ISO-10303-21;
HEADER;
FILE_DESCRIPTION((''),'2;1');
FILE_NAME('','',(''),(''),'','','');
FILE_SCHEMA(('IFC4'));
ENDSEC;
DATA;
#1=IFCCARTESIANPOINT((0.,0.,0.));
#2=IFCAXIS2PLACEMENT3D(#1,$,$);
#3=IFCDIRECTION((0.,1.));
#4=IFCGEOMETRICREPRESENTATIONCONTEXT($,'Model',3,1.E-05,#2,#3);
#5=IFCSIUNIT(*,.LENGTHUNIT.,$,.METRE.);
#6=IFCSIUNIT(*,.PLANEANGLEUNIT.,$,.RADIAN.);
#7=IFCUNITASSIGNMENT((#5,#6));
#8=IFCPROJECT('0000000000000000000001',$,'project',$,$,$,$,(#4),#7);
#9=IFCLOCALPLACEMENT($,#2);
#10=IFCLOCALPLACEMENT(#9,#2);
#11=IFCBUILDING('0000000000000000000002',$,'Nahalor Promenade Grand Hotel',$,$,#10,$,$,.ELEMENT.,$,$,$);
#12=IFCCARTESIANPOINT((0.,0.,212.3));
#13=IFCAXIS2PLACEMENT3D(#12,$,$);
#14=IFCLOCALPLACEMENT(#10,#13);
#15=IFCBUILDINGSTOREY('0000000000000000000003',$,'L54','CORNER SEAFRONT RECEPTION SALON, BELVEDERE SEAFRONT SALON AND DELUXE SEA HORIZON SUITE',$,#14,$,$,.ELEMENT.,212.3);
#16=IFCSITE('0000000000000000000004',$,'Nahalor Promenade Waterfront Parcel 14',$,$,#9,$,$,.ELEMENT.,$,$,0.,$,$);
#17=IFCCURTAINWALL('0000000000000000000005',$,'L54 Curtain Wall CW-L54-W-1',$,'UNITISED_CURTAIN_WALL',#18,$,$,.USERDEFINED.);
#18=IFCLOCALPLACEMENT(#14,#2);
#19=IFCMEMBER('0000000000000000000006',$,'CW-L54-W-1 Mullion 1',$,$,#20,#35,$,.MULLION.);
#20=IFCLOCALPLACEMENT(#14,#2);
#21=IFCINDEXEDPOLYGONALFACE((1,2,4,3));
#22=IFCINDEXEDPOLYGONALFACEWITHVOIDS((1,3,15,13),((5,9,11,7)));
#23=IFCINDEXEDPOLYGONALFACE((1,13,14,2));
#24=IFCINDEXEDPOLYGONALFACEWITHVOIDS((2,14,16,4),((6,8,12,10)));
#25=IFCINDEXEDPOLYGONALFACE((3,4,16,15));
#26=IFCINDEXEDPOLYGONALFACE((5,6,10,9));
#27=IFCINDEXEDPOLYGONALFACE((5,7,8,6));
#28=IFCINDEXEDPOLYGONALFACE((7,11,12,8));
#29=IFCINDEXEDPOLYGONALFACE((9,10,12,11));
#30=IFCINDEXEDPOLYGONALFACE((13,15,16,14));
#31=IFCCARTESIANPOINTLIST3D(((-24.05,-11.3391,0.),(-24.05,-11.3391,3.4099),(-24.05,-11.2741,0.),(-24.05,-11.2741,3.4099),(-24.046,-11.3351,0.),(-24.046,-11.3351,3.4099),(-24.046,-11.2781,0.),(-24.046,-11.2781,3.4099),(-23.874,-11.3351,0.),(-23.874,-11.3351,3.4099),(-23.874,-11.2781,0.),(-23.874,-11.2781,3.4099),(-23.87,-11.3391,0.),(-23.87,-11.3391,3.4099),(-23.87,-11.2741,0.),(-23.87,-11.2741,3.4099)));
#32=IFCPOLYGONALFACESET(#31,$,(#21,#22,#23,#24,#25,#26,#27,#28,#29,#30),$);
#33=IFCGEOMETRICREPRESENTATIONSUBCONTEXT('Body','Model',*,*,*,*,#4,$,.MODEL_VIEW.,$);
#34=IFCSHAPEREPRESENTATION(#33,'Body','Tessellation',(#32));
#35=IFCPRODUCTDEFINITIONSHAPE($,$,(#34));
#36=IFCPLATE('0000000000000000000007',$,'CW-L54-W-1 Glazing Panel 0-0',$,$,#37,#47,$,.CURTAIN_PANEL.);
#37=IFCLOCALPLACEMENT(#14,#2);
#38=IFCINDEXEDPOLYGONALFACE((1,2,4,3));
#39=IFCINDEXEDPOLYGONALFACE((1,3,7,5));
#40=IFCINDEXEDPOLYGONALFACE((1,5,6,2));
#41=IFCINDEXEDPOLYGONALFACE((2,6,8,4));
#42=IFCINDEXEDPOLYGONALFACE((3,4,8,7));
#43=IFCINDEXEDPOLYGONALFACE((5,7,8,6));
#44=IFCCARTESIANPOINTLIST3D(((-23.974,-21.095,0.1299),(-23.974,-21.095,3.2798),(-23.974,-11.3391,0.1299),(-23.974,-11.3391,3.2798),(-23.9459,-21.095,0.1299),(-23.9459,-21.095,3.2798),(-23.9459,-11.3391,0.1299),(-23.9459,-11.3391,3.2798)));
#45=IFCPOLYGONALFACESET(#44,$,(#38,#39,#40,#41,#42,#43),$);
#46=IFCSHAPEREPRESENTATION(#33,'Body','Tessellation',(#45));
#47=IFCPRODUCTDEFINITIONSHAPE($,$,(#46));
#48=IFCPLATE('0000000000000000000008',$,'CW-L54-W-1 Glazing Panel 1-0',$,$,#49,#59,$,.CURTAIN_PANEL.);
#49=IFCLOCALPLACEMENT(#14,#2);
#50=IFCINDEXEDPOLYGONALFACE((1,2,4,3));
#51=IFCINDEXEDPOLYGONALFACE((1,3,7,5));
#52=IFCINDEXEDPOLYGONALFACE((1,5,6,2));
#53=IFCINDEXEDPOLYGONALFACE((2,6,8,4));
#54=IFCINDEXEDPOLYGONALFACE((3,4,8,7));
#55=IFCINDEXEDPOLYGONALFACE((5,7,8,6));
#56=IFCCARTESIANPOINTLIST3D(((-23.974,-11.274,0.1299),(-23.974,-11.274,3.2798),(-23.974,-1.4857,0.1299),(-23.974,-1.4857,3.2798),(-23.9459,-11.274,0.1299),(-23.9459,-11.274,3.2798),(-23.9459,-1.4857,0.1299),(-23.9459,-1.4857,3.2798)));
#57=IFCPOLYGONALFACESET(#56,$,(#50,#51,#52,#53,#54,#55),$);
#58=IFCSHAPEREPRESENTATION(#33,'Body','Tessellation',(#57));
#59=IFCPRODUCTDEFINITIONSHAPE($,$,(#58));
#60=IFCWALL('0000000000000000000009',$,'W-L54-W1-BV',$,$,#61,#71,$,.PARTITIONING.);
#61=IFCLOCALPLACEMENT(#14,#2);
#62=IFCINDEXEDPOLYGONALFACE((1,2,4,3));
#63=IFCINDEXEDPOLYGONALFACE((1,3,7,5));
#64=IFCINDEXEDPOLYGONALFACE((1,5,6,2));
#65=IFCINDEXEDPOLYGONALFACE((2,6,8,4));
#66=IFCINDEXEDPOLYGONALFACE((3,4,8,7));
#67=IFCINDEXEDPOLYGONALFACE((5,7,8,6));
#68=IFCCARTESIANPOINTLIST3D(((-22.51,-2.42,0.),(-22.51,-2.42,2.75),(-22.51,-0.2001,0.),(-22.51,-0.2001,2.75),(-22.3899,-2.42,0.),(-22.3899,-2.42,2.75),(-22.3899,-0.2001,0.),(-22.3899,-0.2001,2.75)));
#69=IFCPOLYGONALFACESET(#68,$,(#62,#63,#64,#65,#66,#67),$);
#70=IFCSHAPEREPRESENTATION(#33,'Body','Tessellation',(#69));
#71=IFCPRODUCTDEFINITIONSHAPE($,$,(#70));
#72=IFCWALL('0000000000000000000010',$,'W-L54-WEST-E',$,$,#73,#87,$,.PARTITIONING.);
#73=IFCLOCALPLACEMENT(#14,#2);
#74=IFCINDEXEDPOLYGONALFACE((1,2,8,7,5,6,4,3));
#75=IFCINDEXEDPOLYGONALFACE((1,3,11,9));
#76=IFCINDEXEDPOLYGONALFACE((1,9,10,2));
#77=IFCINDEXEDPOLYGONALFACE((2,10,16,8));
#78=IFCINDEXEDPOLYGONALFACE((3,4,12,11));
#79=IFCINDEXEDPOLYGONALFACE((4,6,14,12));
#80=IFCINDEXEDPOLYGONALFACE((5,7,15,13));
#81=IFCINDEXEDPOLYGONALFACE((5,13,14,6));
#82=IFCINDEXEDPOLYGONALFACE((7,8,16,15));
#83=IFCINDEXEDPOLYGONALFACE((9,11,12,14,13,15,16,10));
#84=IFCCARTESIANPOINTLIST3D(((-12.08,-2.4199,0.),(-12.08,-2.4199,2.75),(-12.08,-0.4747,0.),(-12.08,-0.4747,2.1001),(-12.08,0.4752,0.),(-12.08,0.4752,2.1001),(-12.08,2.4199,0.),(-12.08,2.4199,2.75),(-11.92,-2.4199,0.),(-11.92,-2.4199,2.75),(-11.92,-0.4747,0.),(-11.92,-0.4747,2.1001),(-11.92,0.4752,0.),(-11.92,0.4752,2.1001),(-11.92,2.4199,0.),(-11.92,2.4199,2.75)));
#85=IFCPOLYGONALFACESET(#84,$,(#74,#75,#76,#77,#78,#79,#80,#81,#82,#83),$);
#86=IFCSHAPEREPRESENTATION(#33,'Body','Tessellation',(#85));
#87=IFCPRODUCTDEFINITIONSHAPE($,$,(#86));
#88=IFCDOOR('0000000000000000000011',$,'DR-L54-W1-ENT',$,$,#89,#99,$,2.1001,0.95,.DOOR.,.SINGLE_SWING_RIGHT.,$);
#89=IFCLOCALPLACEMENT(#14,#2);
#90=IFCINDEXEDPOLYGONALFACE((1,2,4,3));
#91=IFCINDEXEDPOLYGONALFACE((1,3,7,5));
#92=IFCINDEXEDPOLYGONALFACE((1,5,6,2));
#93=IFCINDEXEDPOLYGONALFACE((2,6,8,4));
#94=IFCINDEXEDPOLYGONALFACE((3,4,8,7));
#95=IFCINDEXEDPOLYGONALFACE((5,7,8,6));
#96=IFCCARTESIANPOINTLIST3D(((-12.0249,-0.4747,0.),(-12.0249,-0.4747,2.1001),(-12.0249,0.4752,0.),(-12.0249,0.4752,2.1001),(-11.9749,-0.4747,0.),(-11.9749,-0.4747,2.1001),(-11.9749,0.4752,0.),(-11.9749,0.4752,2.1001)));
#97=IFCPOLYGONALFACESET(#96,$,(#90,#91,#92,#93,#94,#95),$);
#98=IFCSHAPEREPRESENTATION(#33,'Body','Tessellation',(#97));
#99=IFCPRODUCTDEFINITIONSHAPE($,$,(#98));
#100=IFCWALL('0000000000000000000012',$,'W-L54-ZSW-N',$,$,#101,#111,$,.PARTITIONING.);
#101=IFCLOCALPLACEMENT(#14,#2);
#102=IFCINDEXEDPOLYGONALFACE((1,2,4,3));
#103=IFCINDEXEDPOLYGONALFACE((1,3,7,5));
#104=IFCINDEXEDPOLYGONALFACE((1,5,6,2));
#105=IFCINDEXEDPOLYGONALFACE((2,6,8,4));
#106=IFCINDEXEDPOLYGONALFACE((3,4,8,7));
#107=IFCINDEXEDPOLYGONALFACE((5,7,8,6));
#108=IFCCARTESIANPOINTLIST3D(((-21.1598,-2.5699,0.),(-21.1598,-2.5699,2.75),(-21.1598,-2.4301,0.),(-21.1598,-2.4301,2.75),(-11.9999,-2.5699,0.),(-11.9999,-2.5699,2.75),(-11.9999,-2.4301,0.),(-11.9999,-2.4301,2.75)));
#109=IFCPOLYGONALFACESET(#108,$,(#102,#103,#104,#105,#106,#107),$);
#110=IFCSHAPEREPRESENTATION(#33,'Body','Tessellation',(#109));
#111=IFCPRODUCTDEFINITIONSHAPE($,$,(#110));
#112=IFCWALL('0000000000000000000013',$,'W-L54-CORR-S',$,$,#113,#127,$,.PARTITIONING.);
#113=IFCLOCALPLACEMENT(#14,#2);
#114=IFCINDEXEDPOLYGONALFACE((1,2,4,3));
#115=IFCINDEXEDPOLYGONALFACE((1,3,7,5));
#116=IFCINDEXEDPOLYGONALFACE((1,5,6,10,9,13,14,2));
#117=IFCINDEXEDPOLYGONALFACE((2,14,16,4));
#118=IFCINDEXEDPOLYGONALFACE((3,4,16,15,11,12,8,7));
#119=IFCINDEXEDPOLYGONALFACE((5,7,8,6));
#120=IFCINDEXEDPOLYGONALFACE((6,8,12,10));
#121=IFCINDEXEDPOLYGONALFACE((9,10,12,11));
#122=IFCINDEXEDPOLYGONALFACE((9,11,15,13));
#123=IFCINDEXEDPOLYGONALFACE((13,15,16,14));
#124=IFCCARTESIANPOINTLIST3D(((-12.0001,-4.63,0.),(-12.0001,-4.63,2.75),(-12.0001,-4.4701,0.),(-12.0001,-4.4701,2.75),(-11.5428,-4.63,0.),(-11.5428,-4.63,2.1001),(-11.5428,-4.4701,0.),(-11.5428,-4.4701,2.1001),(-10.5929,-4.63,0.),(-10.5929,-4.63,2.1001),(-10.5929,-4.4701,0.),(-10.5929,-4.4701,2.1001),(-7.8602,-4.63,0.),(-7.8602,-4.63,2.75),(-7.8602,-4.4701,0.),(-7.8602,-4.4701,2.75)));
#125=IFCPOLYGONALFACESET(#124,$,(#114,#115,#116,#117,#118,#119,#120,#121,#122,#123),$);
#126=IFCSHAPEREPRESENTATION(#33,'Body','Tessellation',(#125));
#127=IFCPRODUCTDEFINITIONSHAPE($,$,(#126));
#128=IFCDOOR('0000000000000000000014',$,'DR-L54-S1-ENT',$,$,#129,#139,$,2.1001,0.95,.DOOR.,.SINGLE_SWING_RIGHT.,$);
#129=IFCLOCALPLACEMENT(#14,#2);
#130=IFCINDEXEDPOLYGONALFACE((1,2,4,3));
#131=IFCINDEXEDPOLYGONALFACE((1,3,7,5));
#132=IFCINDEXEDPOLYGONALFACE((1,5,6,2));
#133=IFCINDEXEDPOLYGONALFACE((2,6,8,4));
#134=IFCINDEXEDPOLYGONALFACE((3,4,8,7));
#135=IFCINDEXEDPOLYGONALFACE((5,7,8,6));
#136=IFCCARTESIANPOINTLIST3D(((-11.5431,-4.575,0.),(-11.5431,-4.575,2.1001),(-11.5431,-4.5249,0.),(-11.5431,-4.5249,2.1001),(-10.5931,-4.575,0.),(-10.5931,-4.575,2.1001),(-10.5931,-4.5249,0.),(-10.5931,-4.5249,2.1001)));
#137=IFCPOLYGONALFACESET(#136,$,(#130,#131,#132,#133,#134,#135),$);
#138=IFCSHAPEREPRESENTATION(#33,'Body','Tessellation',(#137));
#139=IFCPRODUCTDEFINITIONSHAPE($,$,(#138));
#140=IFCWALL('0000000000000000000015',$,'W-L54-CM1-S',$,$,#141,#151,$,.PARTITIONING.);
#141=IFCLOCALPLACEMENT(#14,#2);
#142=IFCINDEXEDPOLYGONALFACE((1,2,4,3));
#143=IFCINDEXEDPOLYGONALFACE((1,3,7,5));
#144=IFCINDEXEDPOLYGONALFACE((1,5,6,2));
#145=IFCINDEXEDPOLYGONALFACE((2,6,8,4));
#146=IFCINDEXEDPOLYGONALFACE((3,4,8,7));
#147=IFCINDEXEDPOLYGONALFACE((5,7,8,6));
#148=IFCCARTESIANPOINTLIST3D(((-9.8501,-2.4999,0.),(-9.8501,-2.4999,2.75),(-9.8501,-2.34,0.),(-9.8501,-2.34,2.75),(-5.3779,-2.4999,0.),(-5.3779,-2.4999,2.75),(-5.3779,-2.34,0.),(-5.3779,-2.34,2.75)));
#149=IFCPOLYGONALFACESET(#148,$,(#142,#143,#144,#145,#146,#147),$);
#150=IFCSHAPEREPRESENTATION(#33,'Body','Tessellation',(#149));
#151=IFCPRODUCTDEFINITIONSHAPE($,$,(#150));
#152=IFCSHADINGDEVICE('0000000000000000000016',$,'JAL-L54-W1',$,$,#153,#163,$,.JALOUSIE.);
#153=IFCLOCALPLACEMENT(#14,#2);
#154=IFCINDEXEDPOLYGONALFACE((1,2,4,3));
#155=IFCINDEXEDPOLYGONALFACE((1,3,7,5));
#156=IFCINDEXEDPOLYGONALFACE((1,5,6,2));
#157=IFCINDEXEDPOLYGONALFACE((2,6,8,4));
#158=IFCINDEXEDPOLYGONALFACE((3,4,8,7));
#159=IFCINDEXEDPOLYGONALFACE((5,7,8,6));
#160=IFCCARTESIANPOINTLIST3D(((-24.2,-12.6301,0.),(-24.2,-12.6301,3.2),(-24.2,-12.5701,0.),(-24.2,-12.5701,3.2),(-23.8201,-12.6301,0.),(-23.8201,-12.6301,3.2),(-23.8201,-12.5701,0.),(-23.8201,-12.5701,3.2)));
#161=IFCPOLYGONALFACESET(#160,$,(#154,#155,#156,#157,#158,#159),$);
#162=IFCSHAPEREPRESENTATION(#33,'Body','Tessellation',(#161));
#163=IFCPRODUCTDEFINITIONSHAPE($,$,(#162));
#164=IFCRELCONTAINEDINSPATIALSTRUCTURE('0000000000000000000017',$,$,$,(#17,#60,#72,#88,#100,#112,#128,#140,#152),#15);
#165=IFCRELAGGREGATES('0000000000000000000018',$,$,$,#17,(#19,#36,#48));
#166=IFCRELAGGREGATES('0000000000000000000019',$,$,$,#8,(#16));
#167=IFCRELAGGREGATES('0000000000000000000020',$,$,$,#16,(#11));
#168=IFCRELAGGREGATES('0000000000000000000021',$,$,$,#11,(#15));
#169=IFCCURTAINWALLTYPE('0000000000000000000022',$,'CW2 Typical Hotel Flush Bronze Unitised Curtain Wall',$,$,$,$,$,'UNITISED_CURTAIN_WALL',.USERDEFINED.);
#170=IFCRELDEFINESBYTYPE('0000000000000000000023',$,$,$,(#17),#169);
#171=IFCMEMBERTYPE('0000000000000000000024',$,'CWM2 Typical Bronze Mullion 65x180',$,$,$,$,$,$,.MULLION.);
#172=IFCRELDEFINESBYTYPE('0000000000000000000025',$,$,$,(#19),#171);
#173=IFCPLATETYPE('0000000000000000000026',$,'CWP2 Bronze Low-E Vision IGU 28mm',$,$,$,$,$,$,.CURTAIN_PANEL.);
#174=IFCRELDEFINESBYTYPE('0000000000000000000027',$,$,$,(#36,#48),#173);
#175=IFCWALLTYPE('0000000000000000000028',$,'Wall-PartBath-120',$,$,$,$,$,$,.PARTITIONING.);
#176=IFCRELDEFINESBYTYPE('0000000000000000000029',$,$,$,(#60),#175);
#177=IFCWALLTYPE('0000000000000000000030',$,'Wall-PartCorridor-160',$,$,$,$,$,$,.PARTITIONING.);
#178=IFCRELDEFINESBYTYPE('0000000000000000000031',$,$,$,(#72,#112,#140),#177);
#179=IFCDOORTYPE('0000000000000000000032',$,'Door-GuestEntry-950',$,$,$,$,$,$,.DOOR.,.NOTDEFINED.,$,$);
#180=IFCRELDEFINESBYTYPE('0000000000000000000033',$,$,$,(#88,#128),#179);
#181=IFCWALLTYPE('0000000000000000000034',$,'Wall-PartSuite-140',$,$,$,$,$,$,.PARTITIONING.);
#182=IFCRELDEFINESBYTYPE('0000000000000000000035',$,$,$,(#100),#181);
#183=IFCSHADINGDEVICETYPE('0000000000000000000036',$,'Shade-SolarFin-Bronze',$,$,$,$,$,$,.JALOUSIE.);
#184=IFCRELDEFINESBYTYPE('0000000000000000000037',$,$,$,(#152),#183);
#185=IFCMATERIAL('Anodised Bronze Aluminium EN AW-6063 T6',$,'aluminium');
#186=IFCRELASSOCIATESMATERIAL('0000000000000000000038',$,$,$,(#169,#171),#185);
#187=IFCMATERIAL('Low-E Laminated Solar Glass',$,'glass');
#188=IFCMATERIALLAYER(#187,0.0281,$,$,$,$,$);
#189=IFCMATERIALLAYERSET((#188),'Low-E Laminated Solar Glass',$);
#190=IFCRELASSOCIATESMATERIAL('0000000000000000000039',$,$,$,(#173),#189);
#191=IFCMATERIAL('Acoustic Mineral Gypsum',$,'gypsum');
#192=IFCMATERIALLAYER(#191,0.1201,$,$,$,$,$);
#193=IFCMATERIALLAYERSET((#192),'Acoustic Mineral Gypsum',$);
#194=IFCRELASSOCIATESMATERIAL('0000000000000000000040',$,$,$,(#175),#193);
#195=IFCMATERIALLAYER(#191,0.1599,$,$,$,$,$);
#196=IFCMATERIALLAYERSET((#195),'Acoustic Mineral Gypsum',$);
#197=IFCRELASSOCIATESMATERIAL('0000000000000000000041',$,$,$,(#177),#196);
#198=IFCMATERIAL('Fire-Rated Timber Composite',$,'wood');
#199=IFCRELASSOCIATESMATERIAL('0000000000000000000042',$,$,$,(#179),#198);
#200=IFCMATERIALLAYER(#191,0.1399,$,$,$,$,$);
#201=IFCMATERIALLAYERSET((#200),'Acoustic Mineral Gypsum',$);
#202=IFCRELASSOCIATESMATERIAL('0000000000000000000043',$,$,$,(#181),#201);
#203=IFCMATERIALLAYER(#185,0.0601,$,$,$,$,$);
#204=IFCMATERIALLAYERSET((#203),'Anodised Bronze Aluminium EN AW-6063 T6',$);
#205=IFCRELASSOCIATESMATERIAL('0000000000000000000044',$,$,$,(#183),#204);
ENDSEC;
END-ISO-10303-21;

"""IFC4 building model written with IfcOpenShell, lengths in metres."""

from ifc_helpers import new_model, si_unit, direction, frame, frame_2d, origin, origin_2d, place, context, subcontext, project, spatial, rectangle, hollow_rectangle, extrude, source, transform, mapped, material, layer, layer_set, material_profile, profile_set, type_object, element, fill, aggregate, save


model = new_model("IFC4")

# Units and contexts
model_context = context("Model", 3, precision=1e-05, world=origin(), true_north=direction((0.0, 1.0)))
body_context = subcontext(model_context, "Body", "Model", "MODEL_VIEW")
ifc_project = project(units=[si_unit("LENGTHUNIT", "METRE"), si_unit("PLANEANGLEUNIT", "RADIAN")], contexts=[model_context])

# Site, building, storey
site_placement = place(None, origin())
site = spatial("IfcSite", under=ifc_project, at=site_placement, Name="Nahalor Promenade Waterfront Parcel 14", CompositionType="ELEMENT", RefElevation=0.0)
building_placement = place(site_placement, origin())
building = spatial("IfcBuilding", under=site, at=building_placement, Name="Nahalor Promenade Grand Hotel", CompositionType="ELEMENT")
storey_placement = place(building_placement, frame((0.0, 0.0, 212.3)))
storey = spatial("IfcBuildingStorey", under=building, at=storey_placement, Name="L54", Description="CORNER SEAFRONT RECEPTION SALON, BELVEDERE SEAFRONT SALON AND DELUXE SEA HORIZON SUITE", CompositionType="ELEMENT", Elevation=212.3)

# Curtain wall, member, plates
ifc_material_1 = material(Name="Anodised Bronze Aluminium EN AW-6063 T6", Category="aluminium")
curtain_wall_type = type_object("IfcCurtainWallType", Name="CW2 Typical Hotel Flush Bronze Unitised Curtain Wall", ElementType="UNITISED_CURTAIN_WALL", PredefinedType="USERDEFINED", material=ifc_material_1)
curtain_wall_placement = place(storey_placement, origin())
curtain_wall = element("IfcCurtainWall", 1, at=curtain_wall_placement, inside=storey, type_object=curtain_wall_type, Name="L54 Curtain Wall CW-L54-W-1", ObjectType="UNITISED_CURTAIN_WALL", PredefinedType="USERDEFINED")
ifc_material_profile_1 = material_profile(ifc_material_1, hollow_rectangle(XDim=0.065, YDim=0.18, WallThickness=0.004, at=origin_2d()), Name="CWM 65x180x4")
ifc_profile_set_1 = profile_set([ifc_material_profile_1], Name="Anodised Bronze Aluminium EN AW-6063 T6")
member_type_1 = type_object("IfcMemberType", Name="CWM2 Typical Bronze Mullion 65x180", PredefinedType="MULLION", material=ifc_profile_set_1)
shared_shape_1 = source(origin(), body_context, "Body", "SweptSolid", [
    extrude(hollow_rectangle(XDim=0.065, YDim=0.18, WallThickness=0.004, at=origin_2d()), origin(), (0.0, 0.0, 1.0), 3.4099),
])
member_1_placement = place(storey_placement, frame((-23.96, -11.3066, 0.0), z_axis=(0.0, 0.0, 1.0), x_axis=(0.0, 1.0, 0.0)))
member_1 = element("IfcMember", 2, at=member_1_placement, type_object=member_type_1, Name="CW-L54-W-1 Mullion 1", PredefinedType="MULLION", context=body_context, shape_type="MappedRepresentation", body=[
    mapped(shared_shape_1, transform((0.0, 0.0, 0.0), scale=1.0)),
])
ifc_material_2 = material(Name="Low-E Laminated Solar Glass", Category="glass")
ifc_layer_1 = layer(ifc_material_2, 0.0281)
ifc_layer_set_1 = layer_set([ifc_layer_1], Name="Low-E Laminated Solar Glass")
plate_type = type_object("IfcPlateType", Name="CWP2 Bronze Low-E Vision IGU 28mm", PredefinedType="CURTAIN_PANEL", material=ifc_layer_set_1)
shared_shape_2 = source(origin(), body_context, "Body", "SweptSolid", [
    extrude(rectangle(XDim=9.7559, YDim=0.0281, at=origin_2d()), origin(), (0.0, 0.0, 1.0), 3.1499),
])
plate_1_placement = place(storey_placement, frame((-23.96, -16.217, 0.1299), z_axis=(0.0, 0.0, 1.0), x_axis=(0.0, 1.0, 0.0)))
plate_1 = element("IfcPlate", 3, at=plate_1_placement, type_object=plate_type, Name="CW-L54-W-1 Glazing Panel 0-0", PredefinedType="CURTAIN_PANEL", context=body_context, shape_type="MappedRepresentation", body=[
    mapped(shared_shape_2, transform((0.0, 0.0, 0.0), scale=1.0)),
])
shared_shape_3 = source(origin(), body_context, "Body", "SweptSolid", [
    extrude(rectangle(XDim=9.7883, YDim=0.0281, at=origin_2d()), origin(), (0.0, 0.0, 1.0), 3.1499),
])
plate_2_placement = place(storey_placement, frame((-23.96, -6.3799, 0.1299), z_axis=(0.0, 0.0, 1.0), x_axis=(0.0, 1.0, 0.0)))
plate_2 = element("IfcPlate", 4, at=plate_2_placement, type_object=plate_type, Name="CW-L54-W-1 Glazing Panel 1-0", PredefinedType="CURTAIN_PANEL", context=body_context, shape_type="MappedRepresentation", body=[
    mapped(shared_shape_3, transform((0.0, 0.0, 0.0), scale=1.0)),
])
aggregate(curtain_wall, [member_1, plate_1, plate_2])

# Wall
ifc_material_3 = material(Name="Acoustic Mineral Gypsum", Category="gypsum")
ifc_layer_2 = layer(ifc_material_3, 0.1201)
ifc_layer_set_2 = layer_set([ifc_layer_2], Name="Acoustic Mineral Gypsum")
wall_type_1 = type_object("IfcWallType", Name="Wall-PartBath-120", PredefinedType="PARTITIONING", material=ifc_layer_set_2)
shared_shape_4 = source(origin(), body_context, "Body", "SweptSolid", [
    extrude(rectangle(XDim=2.22, YDim=0.1201, at=frame_2d((1.1099, 0.0))), origin(), (0.0, 0.0, 1.0), 2.75),
])
wall_1_placement = place(storey_placement, frame((-22.45, -2.4199, 0.0), z_axis=(0.0, 0.0, 1.0), x_axis=(0.0, 1.0, 0.0)))
element("IfcWall", 5, at=wall_1_placement, inside=storey, type_object=wall_type_1, Name="W-L54-W1-BV", PredefinedType="PARTITIONING", context=body_context, shape_type="MappedRepresentation", body=[
    mapped(shared_shape_4, transform((0.0, 0.0, 0.0), scale=1.0)),
])

# Wall, opening, door
ifc_layer_3 = layer(ifc_material_3, 0.1599)
ifc_layer_set_3 = layer_set([ifc_layer_3], Name="Acoustic Mineral Gypsum")
wall_type_2 = type_object("IfcWallType", Name="Wall-PartCorridor-160", PredefinedType="PARTITIONING", material=ifc_layer_set_3)
shared_shape_5 = source(origin(), body_context, "Body", "SweptSolid", [
    extrude(rectangle(XDim=4.8398, YDim=0.1599, at=frame_2d((2.4199, 0.0))), origin(), (0.0, 0.0, 1.0), 2.75),
])
wall_2_placement = place(storey_placement, frame((-12.0, -2.4199, 0.0), z_axis=(0.0, 0.0, 1.0), x_axis=(0.0, 1.0, 0.0)))
wall_2 = element("IfcWall", 6, at=wall_2_placement, inside=storey, type_object=wall_type_2, Name="W-L54-WEST-E", PredefinedType="PARTITIONING", context=body_context, shape_type="MappedRepresentation", body=[
    mapped(shared_shape_5, transform((0.0, 0.0, 0.0), scale=1.0)),
])
opening_1_placement = place(wall_2_placement, frame((1.9451, 0.0, 0.0)))
opening_1 = element("IfcOpeningElement", 7, at=opening_1_placement, cuts=wall_2, PredefinedType="OPENING", context=body_context, shape_type="SweptSolid", body=[
    extrude(rectangle(XDim=0.95, YDim=2.1001, at=frame_2d((0.4751, 1.05))), frame((0.0, 0.0898, 0.0), z_axis=(0.0, -1.0, 0.0), x_axis=(1.0, 0.0, 0.0)), (0.0, 0.0, 1.0), 0.1799),
])
ifc_material_4 = material(Name="Fire-Rated Timber Composite", Category="wood")
door_type = type_object("IfcDoorType", Name="Door-GuestEntry-950", OperationType="NOTDEFINED", PredefinedType="DOOR", material=ifc_material_4)
shared_shape_6 = source(origin(), body_context, "Body", "SweptSolid", [
    extrude(rectangle(XDim=0.95, YDim=2.1001, at=frame_2d((0.4751, 1.05))), frame((0.0, 0.0249, 0.0), z_axis=(0.0, -1.0, 0.0), x_axis=(1.0, 0.0, 0.0)), (0.0, 0.0, 1.0), 0.05),
])
door_1_placement = place(opening_1_placement, origin())
door_1 = element("IfcDoor", 8, at=door_1_placement, inside=storey, type_object=door_type, Name="DR-L54-W1-ENT", OperationType="SINGLE_SWING_RIGHT", OverallHeight=2.1001, OverallWidth=0.95, PredefinedType="DOOR", context=body_context, shape_type="MappedRepresentation", body=[
    mapped(shared_shape_6, transform((0.0, 0.0, 0.0), scale=1.0)),
])
fill(opening_1, door_1)

# Wall
ifc_layer_4 = layer(ifc_material_3, 0.1399)
ifc_layer_set_4 = layer_set([ifc_layer_4], Name="Acoustic Mineral Gypsum")
wall_type_3 = type_object("IfcWallType", Name="Wall-PartSuite-140", PredefinedType="PARTITIONING", material=ifc_layer_set_4)
shared_shape_7 = source(origin(), body_context, "Body", "SweptSolid", [
    extrude(rectangle(XDim=9.1599, YDim=0.1399, at=frame_2d((4.5801, 0.0))), origin(), (0.0, 0.0, 1.0), 2.75),
])
wall_3_placement = place(storey_placement, frame((-21.1599, -2.5, 0.0), z_axis=(0.0, 0.0, 1.0), x_axis=(1.0, 0.0, 0.0)))
element("IfcWall", 9, at=wall_3_placement, inside=storey, type_object=wall_type_3, Name="W-L54-ZSW-N", PredefinedType="PARTITIONING", context=body_context, shape_type="MappedRepresentation", body=[
    mapped(shared_shape_7, transform((0.0, 0.0, 0.0), scale=1.0)),
])

# Wall, opening, door
shared_shape_8 = source(origin(), body_context, "Body", "SweptSolid", [
    extrude(rectangle(XDim=4.1399, YDim=0.1599, at=frame_2d((2.0698, 0.0))), origin(), (0.0, 0.0, 1.0), 2.75),
])
wall_4_placement = place(storey_placement, frame((-12.0, -4.55, 0.0), z_axis=(0.0, 0.0, 1.0), x_axis=(1.0, 0.0, 0.0)))
wall_4 = element("IfcWall", 10, at=wall_4_placement, inside=storey, type_object=wall_type_2, Name="W-L54-CORR-S", PredefinedType="PARTITIONING", context=body_context, shape_type="MappedRepresentation", body=[
    mapped(shared_shape_8, transform((0.0, 0.0, 0.0), scale=1.0)),
])
opening_2_placement = place(wall_4_placement, frame((0.457, 0.0, 0.0)))
opening_2 = element("IfcOpeningElement", 11, at=opening_2_placement, cuts=wall_4, PredefinedType="OPENING", context=body_context, shape_type="SweptSolid", body=[
    extrude(rectangle(XDim=0.95, YDim=2.1001, at=frame_2d((0.4751, 1.05))), frame((0.0, 0.0898, 0.0), z_axis=(0.0, -1.0, 0.0), x_axis=(1.0, 0.0, 0.0)), (0.0, 0.0, 1.0), 0.1799),
])
door_2_placement = place(opening_2_placement, frame((0.95, 0.0, 0.0), z_axis=(0.0, 0.0, 1.0), x_axis=(-1.0, 0.0, 0.0)))
door_2 = element("IfcDoor", 12, at=door_2_placement, inside=storey, type_object=door_type, Name="DR-L54-S1-ENT", OperationType="SINGLE_SWING_RIGHT", OverallHeight=2.1001, OverallWidth=0.95, PredefinedType="DOOR", context=body_context, shape_type="MappedRepresentation", body=[
    mapped(shared_shape_6, transform((0.0, 0.0, 0.0), scale=1.0)),
])
fill(opening_2, door_2)

# Wall
shared_shape_9 = source(origin(), body_context, "Body", "SweptSolid", [
    extrude(rectangle(XDim=4.4722, YDim=0.1599, at=frame_2d((2.2361, 0.0))), origin(), (0.0, 0.0, 1.0), 2.75),
])
wall_5_placement = place(storey_placement, frame((-9.8501, -2.4199, 0.0), z_axis=(0.0, 0.0, 1.0), x_axis=(1.0, 0.0, 0.0)))
element("IfcWall", 13, at=wall_5_placement, inside=storey, type_object=wall_type_2, Name="W-L54-CM1-S", PredefinedType="PARTITIONING", context=body_context, shape_type="MappedRepresentation", body=[
    mapped(shared_shape_9, transform((0.0, 0.0, 0.0), scale=1.0)),
])

# Shading device
ifc_layer_5 = layer(ifc_material_1, 0.0601)
ifc_layer_set_5 = layer_set([ifc_layer_5], Name="Anodised Bronze Aluminium EN AW-6063 T6")
shading_device_type = type_object("IfcShadingDeviceType", Name="Shade-SolarFin-Bronze", PredefinedType="JALOUSIE", material=ifc_layer_set_5)
shared_shape_10 = source(origin(), body_context, "Body", "SweptSolid", [
    extrude(rectangle(XDim=0.3799, YDim=0.0601, at=origin_2d()), origin(), (0.0, 0.0, 1.0), 3.2),
])
shading_device_placement = place(storey_placement, frame((-24.01, -12.6001, 0.0), z_axis=(0.0, 0.0, 1.0), x_axis=(1.0, 0.0, 0.0)))
element("IfcShadingDevice", 14, at=shading_device_placement, inside=storey, type_object=shading_device_type, Name="JAL-L54-W1", PredefinedType="JALOUSIE", context=body_context, shape_type="MappedRepresentation", body=[
    mapped(shared_shape_10, transform((0.0, 0.0, 0.0), scale=1.0)),
])

save(model, "model.ifc")
